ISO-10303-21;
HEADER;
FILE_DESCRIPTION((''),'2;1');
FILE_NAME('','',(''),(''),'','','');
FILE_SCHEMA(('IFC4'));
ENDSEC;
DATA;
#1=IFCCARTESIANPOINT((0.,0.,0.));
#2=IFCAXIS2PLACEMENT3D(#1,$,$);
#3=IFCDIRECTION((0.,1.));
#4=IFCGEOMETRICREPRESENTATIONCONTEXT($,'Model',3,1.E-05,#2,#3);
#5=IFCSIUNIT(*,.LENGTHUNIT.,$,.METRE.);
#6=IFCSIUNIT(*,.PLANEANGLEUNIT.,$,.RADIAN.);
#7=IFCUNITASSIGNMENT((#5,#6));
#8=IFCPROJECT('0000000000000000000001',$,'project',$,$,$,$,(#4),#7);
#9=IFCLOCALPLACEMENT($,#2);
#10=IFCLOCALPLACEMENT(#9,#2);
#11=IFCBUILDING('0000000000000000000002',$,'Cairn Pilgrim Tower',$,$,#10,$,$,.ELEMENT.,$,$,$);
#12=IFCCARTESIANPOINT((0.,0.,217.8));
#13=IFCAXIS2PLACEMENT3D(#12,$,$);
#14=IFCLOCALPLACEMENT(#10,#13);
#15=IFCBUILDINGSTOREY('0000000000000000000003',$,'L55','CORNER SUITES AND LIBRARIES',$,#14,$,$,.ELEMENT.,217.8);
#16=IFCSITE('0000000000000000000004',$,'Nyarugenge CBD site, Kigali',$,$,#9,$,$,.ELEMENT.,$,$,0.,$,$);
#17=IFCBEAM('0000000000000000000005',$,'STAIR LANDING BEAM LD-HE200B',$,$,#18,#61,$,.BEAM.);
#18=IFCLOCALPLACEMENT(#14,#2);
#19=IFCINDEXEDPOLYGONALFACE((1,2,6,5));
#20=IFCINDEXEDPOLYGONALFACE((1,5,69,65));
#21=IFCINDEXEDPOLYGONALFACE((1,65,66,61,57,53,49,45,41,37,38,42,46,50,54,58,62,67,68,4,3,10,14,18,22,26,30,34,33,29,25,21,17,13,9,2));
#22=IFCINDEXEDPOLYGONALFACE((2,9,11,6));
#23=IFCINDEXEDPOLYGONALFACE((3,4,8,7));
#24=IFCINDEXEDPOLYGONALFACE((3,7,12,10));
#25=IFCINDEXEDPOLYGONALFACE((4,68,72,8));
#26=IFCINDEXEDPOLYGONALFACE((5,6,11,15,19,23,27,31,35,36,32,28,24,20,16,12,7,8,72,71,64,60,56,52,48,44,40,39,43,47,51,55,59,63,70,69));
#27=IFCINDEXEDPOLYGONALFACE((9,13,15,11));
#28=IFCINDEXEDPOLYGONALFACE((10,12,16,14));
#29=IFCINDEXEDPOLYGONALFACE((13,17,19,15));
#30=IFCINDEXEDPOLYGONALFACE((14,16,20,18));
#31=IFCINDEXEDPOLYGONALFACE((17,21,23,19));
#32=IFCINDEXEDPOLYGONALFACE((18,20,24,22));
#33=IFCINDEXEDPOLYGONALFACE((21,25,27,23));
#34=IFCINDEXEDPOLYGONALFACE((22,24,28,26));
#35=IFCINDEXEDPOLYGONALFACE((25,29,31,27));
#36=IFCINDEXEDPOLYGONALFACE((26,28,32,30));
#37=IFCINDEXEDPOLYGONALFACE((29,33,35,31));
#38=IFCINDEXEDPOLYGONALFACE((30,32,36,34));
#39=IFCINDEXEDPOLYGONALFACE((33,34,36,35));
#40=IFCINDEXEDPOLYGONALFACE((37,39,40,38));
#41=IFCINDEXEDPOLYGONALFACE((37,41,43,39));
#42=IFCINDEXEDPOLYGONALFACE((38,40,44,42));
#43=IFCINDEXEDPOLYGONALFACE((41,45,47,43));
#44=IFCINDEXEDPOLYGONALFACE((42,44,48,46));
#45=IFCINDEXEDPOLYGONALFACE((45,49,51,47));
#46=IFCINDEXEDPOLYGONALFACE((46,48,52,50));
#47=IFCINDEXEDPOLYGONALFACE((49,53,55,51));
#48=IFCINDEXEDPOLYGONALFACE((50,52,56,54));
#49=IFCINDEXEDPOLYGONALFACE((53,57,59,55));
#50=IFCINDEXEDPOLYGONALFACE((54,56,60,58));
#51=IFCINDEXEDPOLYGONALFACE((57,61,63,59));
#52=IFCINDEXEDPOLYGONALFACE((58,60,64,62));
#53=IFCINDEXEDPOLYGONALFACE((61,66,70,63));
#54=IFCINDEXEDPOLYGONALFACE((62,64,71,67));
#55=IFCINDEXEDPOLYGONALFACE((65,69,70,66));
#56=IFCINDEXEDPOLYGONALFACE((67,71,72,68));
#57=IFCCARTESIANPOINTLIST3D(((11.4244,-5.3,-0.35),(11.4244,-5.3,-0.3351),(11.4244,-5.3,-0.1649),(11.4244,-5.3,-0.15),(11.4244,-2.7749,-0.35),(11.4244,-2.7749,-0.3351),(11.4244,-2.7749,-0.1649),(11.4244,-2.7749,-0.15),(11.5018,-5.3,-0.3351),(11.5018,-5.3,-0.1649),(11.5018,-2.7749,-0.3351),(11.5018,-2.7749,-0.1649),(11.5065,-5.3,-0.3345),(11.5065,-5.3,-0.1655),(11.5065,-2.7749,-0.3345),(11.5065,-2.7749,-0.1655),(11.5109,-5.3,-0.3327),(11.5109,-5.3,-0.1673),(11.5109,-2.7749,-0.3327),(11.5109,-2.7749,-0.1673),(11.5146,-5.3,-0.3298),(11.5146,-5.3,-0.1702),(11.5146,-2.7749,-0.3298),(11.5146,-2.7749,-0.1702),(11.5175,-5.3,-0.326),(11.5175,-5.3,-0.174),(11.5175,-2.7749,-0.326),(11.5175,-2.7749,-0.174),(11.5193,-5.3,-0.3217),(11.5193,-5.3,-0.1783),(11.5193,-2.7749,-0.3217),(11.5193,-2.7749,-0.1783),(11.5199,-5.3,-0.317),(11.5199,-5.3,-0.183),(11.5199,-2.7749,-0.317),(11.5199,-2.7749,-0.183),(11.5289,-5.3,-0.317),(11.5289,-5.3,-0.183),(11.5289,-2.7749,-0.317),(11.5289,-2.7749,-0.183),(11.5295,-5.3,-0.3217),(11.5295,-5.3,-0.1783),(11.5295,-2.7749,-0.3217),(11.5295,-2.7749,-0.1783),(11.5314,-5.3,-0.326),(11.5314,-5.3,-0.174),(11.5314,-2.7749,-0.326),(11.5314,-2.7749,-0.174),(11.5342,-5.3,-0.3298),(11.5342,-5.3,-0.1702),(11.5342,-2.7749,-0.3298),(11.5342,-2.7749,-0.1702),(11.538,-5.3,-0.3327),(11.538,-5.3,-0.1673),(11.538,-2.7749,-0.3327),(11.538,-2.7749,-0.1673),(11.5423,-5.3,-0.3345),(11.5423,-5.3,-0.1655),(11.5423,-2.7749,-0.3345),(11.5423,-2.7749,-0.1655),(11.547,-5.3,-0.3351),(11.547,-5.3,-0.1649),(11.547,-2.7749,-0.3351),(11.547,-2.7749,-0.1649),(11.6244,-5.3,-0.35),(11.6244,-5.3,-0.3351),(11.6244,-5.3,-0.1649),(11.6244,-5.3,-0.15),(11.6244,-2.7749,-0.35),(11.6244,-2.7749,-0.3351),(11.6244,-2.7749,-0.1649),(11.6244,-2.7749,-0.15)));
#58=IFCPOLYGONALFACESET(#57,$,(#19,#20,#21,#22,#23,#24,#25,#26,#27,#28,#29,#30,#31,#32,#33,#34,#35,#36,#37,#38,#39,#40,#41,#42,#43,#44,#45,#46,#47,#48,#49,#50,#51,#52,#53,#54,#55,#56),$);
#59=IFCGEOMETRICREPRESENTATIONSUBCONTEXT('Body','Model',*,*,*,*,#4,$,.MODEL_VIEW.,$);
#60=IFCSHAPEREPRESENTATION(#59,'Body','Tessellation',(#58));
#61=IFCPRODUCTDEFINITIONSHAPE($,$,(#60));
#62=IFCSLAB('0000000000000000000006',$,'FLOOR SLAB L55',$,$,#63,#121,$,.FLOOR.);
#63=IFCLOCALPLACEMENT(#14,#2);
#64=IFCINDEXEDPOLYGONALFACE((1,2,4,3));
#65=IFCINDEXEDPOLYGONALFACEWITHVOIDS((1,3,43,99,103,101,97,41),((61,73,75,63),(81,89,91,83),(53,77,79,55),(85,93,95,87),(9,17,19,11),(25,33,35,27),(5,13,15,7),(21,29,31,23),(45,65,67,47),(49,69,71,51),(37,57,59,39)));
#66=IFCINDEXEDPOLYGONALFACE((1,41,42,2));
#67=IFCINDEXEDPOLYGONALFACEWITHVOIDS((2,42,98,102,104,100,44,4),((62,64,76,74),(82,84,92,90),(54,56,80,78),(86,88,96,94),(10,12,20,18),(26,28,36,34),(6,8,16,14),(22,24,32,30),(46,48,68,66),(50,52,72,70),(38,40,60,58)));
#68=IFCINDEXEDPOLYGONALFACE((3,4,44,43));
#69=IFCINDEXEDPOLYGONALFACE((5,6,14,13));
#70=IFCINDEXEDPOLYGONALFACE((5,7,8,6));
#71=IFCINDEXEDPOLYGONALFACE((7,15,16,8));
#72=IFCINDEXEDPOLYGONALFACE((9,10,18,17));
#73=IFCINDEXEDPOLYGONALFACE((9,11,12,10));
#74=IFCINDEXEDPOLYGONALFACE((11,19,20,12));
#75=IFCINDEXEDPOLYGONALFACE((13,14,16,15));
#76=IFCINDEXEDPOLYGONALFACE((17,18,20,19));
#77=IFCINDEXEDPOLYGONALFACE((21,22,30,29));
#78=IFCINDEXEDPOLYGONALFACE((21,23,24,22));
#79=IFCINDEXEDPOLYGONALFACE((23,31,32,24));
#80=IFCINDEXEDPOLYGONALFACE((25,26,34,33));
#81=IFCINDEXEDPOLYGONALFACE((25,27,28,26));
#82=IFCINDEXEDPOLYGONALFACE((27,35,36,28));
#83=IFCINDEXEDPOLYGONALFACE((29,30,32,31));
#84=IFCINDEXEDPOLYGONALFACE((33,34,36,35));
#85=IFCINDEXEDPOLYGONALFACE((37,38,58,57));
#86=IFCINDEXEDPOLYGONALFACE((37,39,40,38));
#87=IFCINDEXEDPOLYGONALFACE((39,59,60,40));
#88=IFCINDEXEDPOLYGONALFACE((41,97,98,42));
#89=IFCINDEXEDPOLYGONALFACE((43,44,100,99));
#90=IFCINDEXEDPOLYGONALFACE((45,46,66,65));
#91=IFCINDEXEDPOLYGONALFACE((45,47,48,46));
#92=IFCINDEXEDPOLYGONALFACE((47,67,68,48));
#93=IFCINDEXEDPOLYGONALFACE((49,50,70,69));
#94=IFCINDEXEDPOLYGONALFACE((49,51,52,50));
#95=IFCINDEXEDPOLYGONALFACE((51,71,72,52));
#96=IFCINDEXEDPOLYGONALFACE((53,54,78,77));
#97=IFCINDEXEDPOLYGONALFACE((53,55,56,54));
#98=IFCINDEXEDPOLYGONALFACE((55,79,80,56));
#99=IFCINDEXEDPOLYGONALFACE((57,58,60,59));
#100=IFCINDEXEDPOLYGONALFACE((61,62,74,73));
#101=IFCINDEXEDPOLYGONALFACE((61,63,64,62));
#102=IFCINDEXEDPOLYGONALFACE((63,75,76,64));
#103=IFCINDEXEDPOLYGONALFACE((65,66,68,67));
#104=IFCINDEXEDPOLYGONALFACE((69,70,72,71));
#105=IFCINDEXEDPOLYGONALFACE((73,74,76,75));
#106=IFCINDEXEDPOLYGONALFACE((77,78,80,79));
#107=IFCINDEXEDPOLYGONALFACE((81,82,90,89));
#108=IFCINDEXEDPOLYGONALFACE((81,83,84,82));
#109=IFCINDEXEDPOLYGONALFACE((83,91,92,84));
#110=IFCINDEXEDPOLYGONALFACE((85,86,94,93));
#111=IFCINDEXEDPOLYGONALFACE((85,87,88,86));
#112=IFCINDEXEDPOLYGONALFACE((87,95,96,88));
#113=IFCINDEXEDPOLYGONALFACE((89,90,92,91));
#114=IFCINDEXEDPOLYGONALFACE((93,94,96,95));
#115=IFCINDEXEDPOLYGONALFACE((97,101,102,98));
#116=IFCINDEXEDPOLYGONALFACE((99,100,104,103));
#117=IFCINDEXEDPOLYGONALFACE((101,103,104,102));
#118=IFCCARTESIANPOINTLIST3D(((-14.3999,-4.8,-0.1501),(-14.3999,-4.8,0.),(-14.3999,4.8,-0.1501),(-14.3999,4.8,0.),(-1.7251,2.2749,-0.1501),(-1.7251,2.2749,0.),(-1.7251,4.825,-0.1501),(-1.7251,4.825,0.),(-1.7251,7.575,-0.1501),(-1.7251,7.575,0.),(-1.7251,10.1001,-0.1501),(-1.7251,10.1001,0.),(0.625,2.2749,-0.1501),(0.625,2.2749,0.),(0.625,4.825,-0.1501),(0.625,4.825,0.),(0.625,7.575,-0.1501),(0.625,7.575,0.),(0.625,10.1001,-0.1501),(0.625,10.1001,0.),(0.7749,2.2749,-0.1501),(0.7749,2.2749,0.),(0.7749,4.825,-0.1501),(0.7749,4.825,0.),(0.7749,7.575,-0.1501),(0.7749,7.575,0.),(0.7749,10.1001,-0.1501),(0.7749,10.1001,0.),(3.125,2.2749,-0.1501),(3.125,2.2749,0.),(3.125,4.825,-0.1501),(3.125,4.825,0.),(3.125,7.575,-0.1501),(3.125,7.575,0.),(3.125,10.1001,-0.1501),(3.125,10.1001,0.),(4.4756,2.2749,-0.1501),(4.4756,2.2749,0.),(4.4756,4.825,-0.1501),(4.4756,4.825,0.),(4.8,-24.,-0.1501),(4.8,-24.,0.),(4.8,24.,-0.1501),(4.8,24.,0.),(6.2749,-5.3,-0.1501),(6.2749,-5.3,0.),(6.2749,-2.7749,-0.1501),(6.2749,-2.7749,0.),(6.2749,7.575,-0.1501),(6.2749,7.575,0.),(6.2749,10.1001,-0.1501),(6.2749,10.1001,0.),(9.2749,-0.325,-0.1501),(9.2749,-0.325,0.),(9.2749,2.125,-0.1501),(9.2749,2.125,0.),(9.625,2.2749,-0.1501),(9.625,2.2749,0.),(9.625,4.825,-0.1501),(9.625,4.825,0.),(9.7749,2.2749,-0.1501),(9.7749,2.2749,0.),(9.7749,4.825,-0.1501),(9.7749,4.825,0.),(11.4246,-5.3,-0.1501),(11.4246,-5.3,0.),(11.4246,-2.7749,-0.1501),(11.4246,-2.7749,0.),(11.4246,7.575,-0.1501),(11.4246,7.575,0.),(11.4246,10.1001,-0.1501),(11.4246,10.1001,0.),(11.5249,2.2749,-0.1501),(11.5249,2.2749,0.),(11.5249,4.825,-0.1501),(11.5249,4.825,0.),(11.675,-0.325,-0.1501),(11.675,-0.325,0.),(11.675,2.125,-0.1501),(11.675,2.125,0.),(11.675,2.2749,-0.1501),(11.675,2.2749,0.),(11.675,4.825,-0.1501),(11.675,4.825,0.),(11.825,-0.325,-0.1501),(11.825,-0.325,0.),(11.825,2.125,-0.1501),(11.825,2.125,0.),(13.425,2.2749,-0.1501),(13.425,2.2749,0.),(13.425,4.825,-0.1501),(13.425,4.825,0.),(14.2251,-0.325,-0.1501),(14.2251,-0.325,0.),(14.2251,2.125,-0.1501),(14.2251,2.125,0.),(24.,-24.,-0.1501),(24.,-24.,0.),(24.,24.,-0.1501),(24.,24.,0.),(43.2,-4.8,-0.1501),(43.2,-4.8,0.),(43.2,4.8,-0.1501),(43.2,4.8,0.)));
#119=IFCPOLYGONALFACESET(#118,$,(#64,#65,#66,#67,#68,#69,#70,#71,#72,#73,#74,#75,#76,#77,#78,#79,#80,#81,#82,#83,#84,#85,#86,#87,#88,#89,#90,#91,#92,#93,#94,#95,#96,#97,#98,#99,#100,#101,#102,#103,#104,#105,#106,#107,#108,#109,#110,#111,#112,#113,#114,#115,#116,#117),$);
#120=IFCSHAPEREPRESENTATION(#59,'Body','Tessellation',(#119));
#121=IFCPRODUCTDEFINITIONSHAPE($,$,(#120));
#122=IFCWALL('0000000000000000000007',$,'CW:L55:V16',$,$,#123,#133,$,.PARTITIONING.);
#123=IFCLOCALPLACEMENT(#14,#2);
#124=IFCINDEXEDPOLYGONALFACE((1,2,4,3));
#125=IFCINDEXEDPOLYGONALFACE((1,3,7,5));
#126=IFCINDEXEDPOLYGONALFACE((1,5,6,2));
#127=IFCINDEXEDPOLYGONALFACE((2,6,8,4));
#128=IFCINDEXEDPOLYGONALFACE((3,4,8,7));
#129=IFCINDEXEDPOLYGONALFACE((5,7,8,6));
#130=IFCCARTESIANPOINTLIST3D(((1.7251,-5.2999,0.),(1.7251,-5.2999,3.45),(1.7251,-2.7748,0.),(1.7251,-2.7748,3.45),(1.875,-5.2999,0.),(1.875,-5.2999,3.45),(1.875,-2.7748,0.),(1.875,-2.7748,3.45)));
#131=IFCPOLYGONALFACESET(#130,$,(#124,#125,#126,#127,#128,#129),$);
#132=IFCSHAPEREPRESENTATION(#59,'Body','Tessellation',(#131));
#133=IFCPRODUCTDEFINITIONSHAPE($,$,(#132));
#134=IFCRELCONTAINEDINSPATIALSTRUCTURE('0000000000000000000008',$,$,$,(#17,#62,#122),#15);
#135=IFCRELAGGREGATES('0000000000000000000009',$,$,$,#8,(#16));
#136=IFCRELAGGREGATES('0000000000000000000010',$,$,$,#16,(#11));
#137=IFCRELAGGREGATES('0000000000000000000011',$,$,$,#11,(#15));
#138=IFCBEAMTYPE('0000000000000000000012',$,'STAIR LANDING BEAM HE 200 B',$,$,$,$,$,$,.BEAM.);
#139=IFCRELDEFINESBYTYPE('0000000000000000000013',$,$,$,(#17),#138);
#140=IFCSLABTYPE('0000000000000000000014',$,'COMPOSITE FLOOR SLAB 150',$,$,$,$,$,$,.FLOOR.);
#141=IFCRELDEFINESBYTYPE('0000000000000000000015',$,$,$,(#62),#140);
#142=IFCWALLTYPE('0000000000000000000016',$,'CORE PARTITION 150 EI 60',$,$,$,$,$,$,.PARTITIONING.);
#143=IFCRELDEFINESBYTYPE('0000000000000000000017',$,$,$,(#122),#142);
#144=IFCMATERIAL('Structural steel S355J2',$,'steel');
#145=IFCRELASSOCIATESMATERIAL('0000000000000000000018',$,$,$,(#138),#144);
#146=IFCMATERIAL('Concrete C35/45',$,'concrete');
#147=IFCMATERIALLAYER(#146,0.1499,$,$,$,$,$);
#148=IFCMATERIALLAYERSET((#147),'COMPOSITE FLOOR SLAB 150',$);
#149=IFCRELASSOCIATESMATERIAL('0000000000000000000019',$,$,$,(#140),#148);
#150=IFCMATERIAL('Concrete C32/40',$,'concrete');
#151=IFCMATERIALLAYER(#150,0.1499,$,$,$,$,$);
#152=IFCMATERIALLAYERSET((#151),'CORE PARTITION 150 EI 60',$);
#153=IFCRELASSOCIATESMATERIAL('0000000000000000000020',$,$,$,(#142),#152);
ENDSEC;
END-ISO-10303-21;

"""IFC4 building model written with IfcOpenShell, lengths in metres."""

from ifc_helpers import new_model, si_unit, direction, frame, frame_2d, origin, origin_2d, place, context, subcontext, project, spatial, polyline, rectangle, i_section, outline, extrude, material, layer, layer_set, material_profile, profile_set, type_object, element, save


model = new_model("IFC4")

# Units and contexts
model_context = context("Model", 3, precision=1e-05, world=origin(), true_north=direction((0.0, 1.0)))
body_context = subcontext(model_context, "Body", "Model", "MODEL_VIEW")
ifc_project = project(units=[si_unit("LENGTHUNIT", "METRE"), si_unit("PLANEANGLEUNIT", "RADIAN")], contexts=[model_context])

# Site, building, storey
site_placement = place(None, origin())
site = spatial("IfcSite", under=ifc_project, at=site_placement, Name="Nyarugenge CBD site, Kigali", CompositionType="ELEMENT", RefElevation=0.0)
building_placement = place(site_placement, origin())
building = spatial("IfcBuilding", under=site, at=building_placement, Name="Cairn Pilgrim Tower", CompositionType="ELEMENT")
storey_placement = place(building_placement, frame((0.0, 0.0, 217.8)))
storey = spatial("IfcBuildingStorey", under=building, at=storey_placement, Name="L55", Description="CORNER SUITES AND LIBRARIES", CompositionType="ELEMENT", Elevation=217.8)

# Shared definitions
ifc_material_1 = material(Name="Structural steel S355J2", Category="steel")

# Beam
ifc_material_profile_1 = material_profile(ifc_material_1, i_section(OverallWidth=0.2, OverallDepth=0.2, WebThickness=0.009, FlangeThickness=0.0149, FilletRadius=0.0181, at=origin_2d()), Name="HE 200 B")
ifc_profile_set_1 = profile_set([ifc_material_profile_1], Name="Structural steel S355J2")
beam_type_1 = type_object("IfcBeamType", Name="STAIR LANDING BEAM HE 200 B", PredefinedType="BEAM", material=ifc_profile_set_1)
beam_1_placement = place(storey_placement, frame((11.5244, -2.7749, -0.25), z_axis=(0.0, -1.0, 0.0), x_axis=(1.0, 0.0, 0.0)))
element("IfcBeam", 1, at=beam_1_placement, inside=storey, type_object=beam_type_1, Name="STAIR LANDING BEAM LD-HE200B", PredefinedType="BEAM", context=body_context, shape_type="SweptSolid", body=[
    extrude(i_section(OverallWidth=0.2, OverallDepth=0.2, WebThickness=0.009, FlangeThickness=0.0149, FilletRadius=0.0181, at=origin_2d()), origin(), (0.0, 0.0, 1.0), 2.5251),
])

# Slab
ifc_material_2 = material(Name="Concrete C35/45", Category="concrete")
ifc_layer_1 = layer(ifc_material_2, 0.1499)
ifc_layer_set_1 = layer_set([ifc_layer_1], Name="COMPOSITE FLOOR SLAB 150")
slab_type_1 = type_object("IfcSlabType", Name="COMPOSITE FLOOR SLAB 150", PredefinedType="FLOOR", material=ifc_layer_set_1)
slab_1_placement = place(storey_placement, frame((0.0, 0.0, -0.1501)))
element("IfcSlab", 2, at=slab_1_placement, inside=storey, type_object=slab_type_1, Name="FLOOR SLAB L55", PredefinedType="FLOOR", context=body_context, shape_type="SweptSolid", body=[
    extrude(outline(polyline([(4.8, -24.0), (24.0, -24.0), (43.2, -4.8), (43.2, 4.8), (24.0, 24.0), (4.8, 24.0), (-14.3999, 4.8), (-14.3999, -4.8), (4.8, -24.0)]), holes=[polyline([(9.2749, -0.325), (11.675, -0.325), (11.675, 2.125), (9.2749, 2.125), (9.2749, -0.325)]), polyline([(11.825, -0.325), (14.2251, -0.325), (14.2251, 2.125), (11.825, 2.125), (11.825, -0.325)]), polyline([(-1.7251, 2.2749), (0.625, 2.2749), (0.625, 4.825), (-1.7251, 4.825), (-1.7251, 2.2749)]), polyline([(0.7749, 2.2749), (3.125, 2.2749), (3.125, 4.825), (0.7749, 4.825), (0.7749, 2.2749)]), polyline([(-1.7251, 7.575), (0.625, 7.575), (0.625, 10.1001), (-1.7251, 10.1001), (-1.7251, 7.575)]), polyline([(0.7749, 7.575), (3.125, 7.575), (3.125, 10.1001), (0.7749, 10.1001), (0.7749, 7.575)]), polyline([(9.7749, 2.2749), (11.5249, 2.2749), (11.5249, 4.825), (9.7749, 4.825), (9.7749, 2.2749)]), polyline([(11.675, 2.2749), (13.425, 2.2749), (13.425, 4.825), (11.675, 4.825), (11.675, 2.2749)]), polyline([(11.4246, -2.7749), (6.2749, -2.7749), (6.2749, -5.3), (11.4246, -5.3), (11.4246, -2.7749)]), polyline([(4.4756, 2.2749), (9.625, 2.2749), (9.625, 4.825), (4.4756, 4.825), (4.4756, 2.2749)]), polyline([(11.4246, 10.1001), (6.2749, 10.1001), (6.2749, 7.575), (11.4246, 7.575), (11.4246, 10.1001)])]), origin(), (0.0, 0.0, 1.0), 0.1501),
])

# Wall
ifc_material_3 = material(Name="Concrete C32/40", Category="concrete")
ifc_layer_2 = layer(ifc_material_3, 0.1499)
ifc_layer_set_2 = layer_set([ifc_layer_2], Name="CORE PARTITION 150 EI 60")
wall_type_1 = type_object("IfcWallType", Name="CORE PARTITION 150 EI 60", PredefinedType="PARTITIONING", material=ifc_layer_set_2)
wall_1_placement = place(storey_placement, frame((1.8, -5.3, 0.0), z_axis=(0.0, 0.0, 1.0), x_axis=(0.0, 1.0, 0.0)))
element("IfcWall", 3, at=wall_1_placement, inside=storey, type_object=wall_type_1, Name="CW:L55:V16", PredefinedType="PARTITIONING", context=body_context, shape_type="SweptSolid", body=[
    extrude(rectangle(XDim=2.5251, YDim=0.1499, at=frame_2d((1.2627, 0.0))), origin(), (0.0, 0.0, 1.0), 3.45),
])

save(model, "model.ifc")
